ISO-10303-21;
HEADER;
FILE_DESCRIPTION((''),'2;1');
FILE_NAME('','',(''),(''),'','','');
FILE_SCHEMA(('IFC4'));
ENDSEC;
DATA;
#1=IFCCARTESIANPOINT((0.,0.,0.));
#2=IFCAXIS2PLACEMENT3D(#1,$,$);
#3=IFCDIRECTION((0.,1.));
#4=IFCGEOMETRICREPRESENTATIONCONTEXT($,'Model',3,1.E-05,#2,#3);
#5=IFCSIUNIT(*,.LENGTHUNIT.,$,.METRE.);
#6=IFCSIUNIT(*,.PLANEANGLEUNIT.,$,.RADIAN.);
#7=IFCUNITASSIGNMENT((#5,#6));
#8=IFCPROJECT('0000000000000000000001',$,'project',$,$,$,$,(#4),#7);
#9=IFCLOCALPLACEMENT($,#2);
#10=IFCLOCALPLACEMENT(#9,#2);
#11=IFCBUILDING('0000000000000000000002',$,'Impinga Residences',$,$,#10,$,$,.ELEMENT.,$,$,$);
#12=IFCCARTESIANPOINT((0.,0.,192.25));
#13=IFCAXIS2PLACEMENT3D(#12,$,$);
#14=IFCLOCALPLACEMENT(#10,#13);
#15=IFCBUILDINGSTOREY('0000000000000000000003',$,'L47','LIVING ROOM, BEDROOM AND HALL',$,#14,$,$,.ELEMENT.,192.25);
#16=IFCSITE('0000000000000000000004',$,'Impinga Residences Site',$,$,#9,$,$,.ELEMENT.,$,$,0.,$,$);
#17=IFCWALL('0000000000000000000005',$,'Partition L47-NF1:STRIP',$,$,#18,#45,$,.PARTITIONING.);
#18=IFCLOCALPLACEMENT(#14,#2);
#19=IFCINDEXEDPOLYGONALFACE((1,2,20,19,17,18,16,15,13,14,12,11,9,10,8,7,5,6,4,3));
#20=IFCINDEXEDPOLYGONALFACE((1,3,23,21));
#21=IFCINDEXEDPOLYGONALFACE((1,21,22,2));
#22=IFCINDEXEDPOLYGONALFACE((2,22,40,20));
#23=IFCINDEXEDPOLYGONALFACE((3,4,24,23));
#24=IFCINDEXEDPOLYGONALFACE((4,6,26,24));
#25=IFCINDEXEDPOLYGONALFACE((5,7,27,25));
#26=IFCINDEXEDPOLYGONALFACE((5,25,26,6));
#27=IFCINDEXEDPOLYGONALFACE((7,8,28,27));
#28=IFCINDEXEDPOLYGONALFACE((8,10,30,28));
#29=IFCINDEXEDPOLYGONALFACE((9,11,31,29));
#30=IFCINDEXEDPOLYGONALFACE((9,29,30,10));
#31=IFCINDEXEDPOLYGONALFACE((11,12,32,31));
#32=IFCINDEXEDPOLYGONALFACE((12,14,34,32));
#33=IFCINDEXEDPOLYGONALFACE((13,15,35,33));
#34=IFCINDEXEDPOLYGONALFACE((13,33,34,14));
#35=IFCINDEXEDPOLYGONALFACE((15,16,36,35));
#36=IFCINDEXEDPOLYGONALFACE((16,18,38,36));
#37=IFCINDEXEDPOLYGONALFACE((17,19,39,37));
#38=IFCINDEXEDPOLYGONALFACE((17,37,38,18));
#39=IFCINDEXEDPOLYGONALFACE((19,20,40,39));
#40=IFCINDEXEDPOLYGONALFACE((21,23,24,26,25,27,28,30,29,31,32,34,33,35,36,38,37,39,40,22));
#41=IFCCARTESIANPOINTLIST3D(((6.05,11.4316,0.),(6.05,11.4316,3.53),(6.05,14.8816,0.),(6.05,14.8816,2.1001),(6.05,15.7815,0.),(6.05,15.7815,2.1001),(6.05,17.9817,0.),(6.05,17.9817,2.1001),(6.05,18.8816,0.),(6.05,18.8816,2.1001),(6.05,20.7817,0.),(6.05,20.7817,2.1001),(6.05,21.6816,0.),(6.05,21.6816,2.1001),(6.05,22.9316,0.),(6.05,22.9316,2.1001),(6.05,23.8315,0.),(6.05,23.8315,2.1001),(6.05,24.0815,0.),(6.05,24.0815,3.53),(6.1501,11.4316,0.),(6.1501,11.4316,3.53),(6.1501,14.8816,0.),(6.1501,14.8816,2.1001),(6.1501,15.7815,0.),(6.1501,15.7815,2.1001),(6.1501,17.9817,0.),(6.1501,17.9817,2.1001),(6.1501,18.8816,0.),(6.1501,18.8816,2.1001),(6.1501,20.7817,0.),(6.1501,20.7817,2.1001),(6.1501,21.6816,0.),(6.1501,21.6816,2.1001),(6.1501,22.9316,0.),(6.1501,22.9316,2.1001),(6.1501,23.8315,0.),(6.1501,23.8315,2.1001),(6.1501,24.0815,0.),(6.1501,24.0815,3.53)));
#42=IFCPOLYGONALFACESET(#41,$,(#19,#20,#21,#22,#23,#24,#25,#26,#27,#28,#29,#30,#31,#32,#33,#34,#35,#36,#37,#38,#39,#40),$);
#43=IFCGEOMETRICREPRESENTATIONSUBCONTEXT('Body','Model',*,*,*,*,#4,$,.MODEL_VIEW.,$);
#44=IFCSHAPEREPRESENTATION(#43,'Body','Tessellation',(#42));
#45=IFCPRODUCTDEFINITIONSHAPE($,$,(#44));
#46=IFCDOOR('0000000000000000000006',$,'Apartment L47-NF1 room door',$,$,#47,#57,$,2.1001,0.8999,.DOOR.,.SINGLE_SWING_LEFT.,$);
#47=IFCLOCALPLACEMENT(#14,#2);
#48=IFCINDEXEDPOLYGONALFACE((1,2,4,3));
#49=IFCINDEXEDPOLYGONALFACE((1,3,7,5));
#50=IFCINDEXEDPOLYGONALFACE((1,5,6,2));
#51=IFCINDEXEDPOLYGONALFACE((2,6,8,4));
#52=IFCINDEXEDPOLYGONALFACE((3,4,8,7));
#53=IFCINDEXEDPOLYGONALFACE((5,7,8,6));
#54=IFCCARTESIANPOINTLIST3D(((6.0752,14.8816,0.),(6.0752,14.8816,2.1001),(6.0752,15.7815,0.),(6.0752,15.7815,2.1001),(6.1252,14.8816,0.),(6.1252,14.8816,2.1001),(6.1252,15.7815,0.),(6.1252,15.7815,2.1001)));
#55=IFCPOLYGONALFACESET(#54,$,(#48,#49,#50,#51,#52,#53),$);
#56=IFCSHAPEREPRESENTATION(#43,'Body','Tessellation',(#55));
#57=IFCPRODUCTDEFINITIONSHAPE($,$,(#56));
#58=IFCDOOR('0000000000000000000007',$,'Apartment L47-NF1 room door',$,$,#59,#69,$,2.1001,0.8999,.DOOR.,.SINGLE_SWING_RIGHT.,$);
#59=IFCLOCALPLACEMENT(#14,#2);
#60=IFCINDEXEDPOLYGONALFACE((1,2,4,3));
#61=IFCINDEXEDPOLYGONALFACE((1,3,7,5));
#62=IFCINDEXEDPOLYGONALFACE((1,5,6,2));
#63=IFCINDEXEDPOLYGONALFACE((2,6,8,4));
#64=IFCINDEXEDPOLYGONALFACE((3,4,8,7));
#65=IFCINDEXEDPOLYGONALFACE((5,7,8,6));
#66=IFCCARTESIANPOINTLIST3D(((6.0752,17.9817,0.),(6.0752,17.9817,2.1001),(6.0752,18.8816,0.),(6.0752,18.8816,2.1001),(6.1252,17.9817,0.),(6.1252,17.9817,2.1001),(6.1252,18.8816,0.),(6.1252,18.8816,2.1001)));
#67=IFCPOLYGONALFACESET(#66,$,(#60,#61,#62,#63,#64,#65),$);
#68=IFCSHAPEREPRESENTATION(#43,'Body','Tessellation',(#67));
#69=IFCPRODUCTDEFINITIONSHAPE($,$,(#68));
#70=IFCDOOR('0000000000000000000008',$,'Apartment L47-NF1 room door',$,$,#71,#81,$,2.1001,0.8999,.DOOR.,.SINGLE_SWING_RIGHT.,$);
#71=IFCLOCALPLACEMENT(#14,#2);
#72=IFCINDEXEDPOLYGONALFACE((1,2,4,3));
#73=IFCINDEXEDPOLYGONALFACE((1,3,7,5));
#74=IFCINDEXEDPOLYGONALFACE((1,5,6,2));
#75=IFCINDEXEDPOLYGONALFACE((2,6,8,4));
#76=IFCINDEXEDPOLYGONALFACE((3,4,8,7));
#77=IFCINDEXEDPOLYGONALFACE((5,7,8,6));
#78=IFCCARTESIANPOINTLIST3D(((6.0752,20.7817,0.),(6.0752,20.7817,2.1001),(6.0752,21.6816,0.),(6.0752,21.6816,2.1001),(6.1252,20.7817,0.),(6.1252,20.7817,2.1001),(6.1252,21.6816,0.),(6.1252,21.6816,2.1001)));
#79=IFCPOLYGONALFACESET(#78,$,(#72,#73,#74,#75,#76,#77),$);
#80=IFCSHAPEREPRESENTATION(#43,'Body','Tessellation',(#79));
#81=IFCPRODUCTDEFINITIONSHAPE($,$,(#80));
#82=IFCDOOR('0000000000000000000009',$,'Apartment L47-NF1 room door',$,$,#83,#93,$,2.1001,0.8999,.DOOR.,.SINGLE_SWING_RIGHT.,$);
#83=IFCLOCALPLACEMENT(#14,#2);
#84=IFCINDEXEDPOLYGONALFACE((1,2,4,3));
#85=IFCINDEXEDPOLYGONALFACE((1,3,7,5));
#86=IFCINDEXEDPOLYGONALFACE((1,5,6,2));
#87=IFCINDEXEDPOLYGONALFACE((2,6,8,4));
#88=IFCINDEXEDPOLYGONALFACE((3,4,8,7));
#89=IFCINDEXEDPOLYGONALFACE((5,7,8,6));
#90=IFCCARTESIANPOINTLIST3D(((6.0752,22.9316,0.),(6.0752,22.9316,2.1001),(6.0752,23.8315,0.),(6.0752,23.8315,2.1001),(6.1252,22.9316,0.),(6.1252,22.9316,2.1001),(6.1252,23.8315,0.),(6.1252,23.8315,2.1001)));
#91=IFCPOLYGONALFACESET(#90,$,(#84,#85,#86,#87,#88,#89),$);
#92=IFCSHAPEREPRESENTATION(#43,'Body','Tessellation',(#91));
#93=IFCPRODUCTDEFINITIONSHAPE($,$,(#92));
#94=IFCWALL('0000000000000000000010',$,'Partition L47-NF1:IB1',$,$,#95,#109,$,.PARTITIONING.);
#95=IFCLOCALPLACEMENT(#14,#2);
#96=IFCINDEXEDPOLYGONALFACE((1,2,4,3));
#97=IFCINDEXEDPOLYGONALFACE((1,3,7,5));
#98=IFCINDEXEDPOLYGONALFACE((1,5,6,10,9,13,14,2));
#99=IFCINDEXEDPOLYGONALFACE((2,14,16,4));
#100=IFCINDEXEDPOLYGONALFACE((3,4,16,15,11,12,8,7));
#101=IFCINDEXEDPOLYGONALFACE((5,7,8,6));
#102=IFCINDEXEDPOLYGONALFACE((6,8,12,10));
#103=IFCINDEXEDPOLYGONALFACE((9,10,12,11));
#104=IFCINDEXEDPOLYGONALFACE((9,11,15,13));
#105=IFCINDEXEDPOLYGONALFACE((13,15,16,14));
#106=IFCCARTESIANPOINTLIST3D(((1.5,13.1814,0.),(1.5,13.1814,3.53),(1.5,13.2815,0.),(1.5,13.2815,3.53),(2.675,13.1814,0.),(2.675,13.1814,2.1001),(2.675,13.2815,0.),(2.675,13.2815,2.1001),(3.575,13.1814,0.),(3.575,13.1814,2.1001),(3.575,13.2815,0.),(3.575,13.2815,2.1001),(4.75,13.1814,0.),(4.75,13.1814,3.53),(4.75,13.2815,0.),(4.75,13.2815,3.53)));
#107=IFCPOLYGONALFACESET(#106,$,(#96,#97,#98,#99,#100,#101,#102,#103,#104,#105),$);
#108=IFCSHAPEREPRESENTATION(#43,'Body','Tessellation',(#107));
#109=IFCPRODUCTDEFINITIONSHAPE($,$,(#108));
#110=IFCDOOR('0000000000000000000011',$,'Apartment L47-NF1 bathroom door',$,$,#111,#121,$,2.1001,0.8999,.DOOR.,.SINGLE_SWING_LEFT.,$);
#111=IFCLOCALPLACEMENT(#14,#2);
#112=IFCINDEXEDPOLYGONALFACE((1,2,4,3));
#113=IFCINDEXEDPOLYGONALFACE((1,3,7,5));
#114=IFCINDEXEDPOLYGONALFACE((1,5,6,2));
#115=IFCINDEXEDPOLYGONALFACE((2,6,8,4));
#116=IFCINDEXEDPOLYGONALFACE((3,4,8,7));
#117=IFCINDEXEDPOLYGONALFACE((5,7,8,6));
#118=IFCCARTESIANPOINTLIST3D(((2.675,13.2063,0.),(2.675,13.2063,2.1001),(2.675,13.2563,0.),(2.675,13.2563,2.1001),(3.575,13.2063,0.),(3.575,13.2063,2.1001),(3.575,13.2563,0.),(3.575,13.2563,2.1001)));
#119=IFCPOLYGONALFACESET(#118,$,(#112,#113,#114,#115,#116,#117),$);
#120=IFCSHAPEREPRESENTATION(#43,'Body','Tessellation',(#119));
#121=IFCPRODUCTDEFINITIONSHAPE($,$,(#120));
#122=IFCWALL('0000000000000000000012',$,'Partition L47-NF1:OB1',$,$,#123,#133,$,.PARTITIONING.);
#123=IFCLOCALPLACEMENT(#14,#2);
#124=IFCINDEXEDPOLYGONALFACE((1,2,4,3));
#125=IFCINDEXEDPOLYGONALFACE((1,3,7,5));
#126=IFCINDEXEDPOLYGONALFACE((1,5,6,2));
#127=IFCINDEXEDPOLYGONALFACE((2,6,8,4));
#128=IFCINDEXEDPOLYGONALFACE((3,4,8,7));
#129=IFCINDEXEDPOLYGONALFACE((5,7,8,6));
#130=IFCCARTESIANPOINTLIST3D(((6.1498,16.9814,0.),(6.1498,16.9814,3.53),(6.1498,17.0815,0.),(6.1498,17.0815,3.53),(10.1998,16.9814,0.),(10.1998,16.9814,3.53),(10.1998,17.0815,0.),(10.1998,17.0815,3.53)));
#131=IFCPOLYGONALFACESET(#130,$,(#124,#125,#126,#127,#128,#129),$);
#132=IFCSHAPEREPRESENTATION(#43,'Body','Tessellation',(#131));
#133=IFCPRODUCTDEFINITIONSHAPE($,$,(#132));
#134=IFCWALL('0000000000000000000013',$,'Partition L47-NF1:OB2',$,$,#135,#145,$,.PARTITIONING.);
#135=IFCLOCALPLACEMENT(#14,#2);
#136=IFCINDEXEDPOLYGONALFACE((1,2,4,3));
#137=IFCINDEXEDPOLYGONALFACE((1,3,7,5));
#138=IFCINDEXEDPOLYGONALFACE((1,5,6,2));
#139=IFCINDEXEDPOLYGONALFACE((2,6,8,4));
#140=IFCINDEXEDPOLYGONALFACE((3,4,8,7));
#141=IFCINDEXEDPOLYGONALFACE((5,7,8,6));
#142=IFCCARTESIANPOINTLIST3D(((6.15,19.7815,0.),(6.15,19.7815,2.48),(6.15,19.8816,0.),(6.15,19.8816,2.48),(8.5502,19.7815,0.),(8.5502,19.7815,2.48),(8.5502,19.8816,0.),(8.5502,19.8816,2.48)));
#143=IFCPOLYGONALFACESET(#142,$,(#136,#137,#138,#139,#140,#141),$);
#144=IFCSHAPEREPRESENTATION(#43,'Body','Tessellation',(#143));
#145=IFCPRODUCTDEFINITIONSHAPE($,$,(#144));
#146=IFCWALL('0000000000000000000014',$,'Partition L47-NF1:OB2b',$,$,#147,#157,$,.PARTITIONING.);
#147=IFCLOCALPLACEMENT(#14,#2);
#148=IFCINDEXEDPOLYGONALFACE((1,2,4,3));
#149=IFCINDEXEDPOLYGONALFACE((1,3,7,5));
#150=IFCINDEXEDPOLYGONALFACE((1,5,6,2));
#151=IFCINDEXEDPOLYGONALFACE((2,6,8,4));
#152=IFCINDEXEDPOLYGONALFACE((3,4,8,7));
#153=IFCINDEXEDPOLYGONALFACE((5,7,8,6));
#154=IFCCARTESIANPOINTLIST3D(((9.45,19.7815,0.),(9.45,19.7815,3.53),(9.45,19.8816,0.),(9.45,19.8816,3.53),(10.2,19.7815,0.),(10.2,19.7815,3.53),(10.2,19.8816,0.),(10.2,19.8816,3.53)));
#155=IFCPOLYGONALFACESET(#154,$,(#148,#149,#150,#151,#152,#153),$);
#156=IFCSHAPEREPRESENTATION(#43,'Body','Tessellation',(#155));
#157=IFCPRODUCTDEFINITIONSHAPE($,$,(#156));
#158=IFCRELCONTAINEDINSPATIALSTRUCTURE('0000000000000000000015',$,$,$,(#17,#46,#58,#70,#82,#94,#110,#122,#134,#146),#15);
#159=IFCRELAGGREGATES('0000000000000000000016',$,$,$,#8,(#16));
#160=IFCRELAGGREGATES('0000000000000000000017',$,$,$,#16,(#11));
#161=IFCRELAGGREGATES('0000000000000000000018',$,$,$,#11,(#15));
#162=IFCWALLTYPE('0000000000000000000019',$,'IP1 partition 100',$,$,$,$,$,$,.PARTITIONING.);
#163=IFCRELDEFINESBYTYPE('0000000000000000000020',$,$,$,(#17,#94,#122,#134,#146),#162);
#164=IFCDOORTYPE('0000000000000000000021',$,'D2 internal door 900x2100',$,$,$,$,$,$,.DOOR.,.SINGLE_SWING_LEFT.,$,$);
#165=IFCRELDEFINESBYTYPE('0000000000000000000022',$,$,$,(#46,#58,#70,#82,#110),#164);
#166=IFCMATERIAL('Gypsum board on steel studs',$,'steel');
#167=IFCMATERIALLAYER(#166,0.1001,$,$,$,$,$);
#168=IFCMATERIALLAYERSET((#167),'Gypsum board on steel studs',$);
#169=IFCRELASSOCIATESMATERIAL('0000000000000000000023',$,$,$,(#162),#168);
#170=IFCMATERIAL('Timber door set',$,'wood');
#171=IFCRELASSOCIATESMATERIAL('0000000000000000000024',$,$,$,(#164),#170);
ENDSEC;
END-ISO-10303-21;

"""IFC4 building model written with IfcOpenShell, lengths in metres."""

from ifc_helpers import new_model, si_unit, direction, frame, frame_2d, origin, place, context, subcontext, project, spatial, rectangle, extrude, material, layer, layer_set, type_object, element, fill, save


model = new_model("IFC4")

# Units and contexts
model_context = context("Model", 3, precision=1e-05, world=origin(), true_north=direction((0.0, 1.0)))
body_context = subcontext(model_context, "Body", "Model", "MODEL_VIEW")
ifc_project = project(units=[si_unit("LENGTHUNIT", "METRE"), si_unit("PLANEANGLEUNIT", "RADIAN")], contexts=[model_context])

# Site, building, storey
site_placement = place(None, origin())
site = spatial("IfcSite", under=ifc_project, at=site_placement, Name="Impinga Residences Site", CompositionType="ELEMENT", RefElevation=0.0)
building_placement = place(site_placement, origin())
building = spatial("IfcBuilding", under=site, at=building_placement, Name="Impinga Residences", CompositionType="ELEMENT")
storey_placement = place(building_placement, frame((0.0, 0.0, 192.25)))
storey = spatial("IfcBuildingStorey", under=building, at=storey_placement, Name="L47", Description="LIVING ROOM, BEDROOM AND HALL", CompositionType="ELEMENT", Elevation=192.25)

# Shared definitions
ifc_material_1 = material(Name="Timber door set", Category="wood")

# Shared definitions
ifc_material_2 = material(Name="Gypsum board on steel studs", Category="steel")
ifc_layer_1 = layer(ifc_material_2, 0.1001)
ifc_layer_set_1 = layer_set([ifc_layer_1], Name="Gypsum board on steel studs")
wall_type_1 = type_object("IfcWallType", Name="IP1 partition 100", PredefinedType="PARTITIONING", material=ifc_layer_set_1)

# Wall, openings, doors
wall_1_placement = place(storey_placement, frame((6.1001, 11.4316, 0.0), z_axis=(0.0, 0.0, 1.0), x_axis=(0.0, 1.0, 0.0)))
wall_1 = element("IfcWall", 1, at=wall_1_placement, inside=storey, type_object=wall_type_1, Name="Partition L47-NF1:STRIP", PredefinedType="PARTITIONING", context=body_context, shape_type="SweptSolid", body=[
    extrude(rectangle(XDim=12.6499, YDim=0.1001, at=frame_2d((6.325, 0.0))), origin(), (0.0, 0.0, 1.0), 3.53),
])
opening_1_placement = place(wall_1_placement, frame((3.45, 0.0, 0.0)))
opening_1 = element("IfcOpeningElement", 2, at=opening_1_placement, cuts=wall_1, PredefinedType="OPENING", context=body_context, shape_type="SweptSolid", body=[
    extrude(rectangle(XDim=0.8999, YDim=2.1001, at=frame_2d((0.45, 1.05))), frame((0.0, 0.0601, 0.0), z_axis=(0.0, -1.0, 0.0), x_axis=(1.0, 0.0, 0.0)), (0.0, 0.0, 1.0), 0.1201),
])
opening_2_placement = place(wall_1_placement, frame((6.55, 0.0, 0.0)))
opening_2 = element("IfcOpeningElement", 3, at=opening_2_placement, cuts=wall_1, PredefinedType="OPENING", context=body_context, shape_type="SweptSolid", body=[
    extrude(rectangle(XDim=0.8999, YDim=2.1001, at=frame_2d((0.45, 1.05))), frame((0.0, 0.0601, 0.0), z_axis=(0.0, -1.0, 0.0), x_axis=(1.0, 0.0, 0.0)), (0.0, 0.0, 1.0), 0.1201),
])
opening_3_placement = place(wall_1_placement, frame((9.3501, 0.0, 0.0)))
opening_3 = element("IfcOpeningElement", 4, at=opening_3_placement, cuts=wall_1, PredefinedType="OPENING", context=body_context, shape_type="SweptSolid", body=[
    extrude(rectangle(XDim=0.8999, YDim=2.1001, at=frame_2d((0.45, 1.05))), frame((0.0, 0.0601, 0.0), z_axis=(0.0, -1.0, 0.0), x_axis=(1.0, 0.0, 0.0)), (0.0, 0.0, 1.0), 0.1201),
])
opening_4_placement = place(wall_1_placement, frame((11.5, 0.0, 0.0)))
opening_4 = element("IfcOpeningElement", 5, at=opening_4_placement, cuts=wall_1, PredefinedType="OPENING", context=body_context, shape_type="SweptSolid", body=[
    extrude(rectangle(XDim=0.8999, YDim=2.1001, at=frame_2d((0.45, 1.05))), frame((0.0, 0.0601, 0.0), z_axis=(0.0, -1.0, 0.0), x_axis=(1.0, 0.0, 0.0)), (0.0, 0.0, 1.0), 0.1201),
])
door_type_1 = type_object("IfcDoorType", Name="D2 internal door 900x2100", OperationType="SINGLE_SWING_LEFT", PredefinedType="DOOR", material=ifc_material_1)
door_1_placement = place(opening_1_placement, origin())
door_1 = element("IfcDoor", 6, at=door_1_placement, inside=storey, type_object=door_type_1, Name="Apartment L47-NF1 room door", OperationType="SINGLE_SWING_LEFT", OverallHeight=2.1001, OverallWidth=0.8999, PredefinedType="DOOR", context=body_context, shape_type="SweptSolid", body=[
    extrude(rectangle(XDim=0.8999, YDim=2.1001, at=frame_2d((0.45, 1.05))), frame((0.0, 0.0249, 0.0), z_axis=(0.0, -1.0, 0.0), x_axis=(1.0, 0.0, 0.0)), (0.0, 0.0, 1.0), 0.05),
])
fill(opening_1, door_1)
door_2_placement = place(opening_2_placement, origin())
door_2 = element("IfcDoor", 7, at=door_2_placement, inside=storey, type_object=door_type_1, Name="Apartment L47-NF1 room door", OperationType="SINGLE_SWING_RIGHT", OverallHeight=2.1001, OverallWidth=0.8999, PredefinedType="DOOR", context=body_context, shape_type="SweptSolid", body=[
    extrude(rectangle(XDim=0.8999, YDim=2.1001, at=frame_2d((0.45, 1.05))), frame((0.0, 0.0249, 0.0), z_axis=(0.0, -1.0, 0.0), x_axis=(1.0, 0.0, 0.0)), (0.0, 0.0, 1.0), 0.05),
])
fill(opening_2, door_2)
door_3_placement = place(opening_3_placement, origin())
door_3 = element("IfcDoor", 8, at=door_3_placement, inside=storey, type_object=door_type_1, Name="Apartment L47-NF1 room door", OperationType="SINGLE_SWING_RIGHT", OverallHeight=2.1001, OverallWidth=0.8999, PredefinedType="DOOR", context=body_context, shape_type="SweptSolid", body=[
    extrude(rectangle(XDim=0.8999, YDim=2.1001, at=frame_2d((0.45, 1.05))), frame((0.0, 0.0249, 0.0), z_axis=(0.0, -1.0, 0.0), x_axis=(1.0, 0.0, 0.0)), (0.0, 0.0, 1.0), 0.05),
])
fill(opening_3, door_3)
door_4_placement = place(opening_4_placement, origin())
door_4 = element("IfcDoor", 9, at=door_4_placement, inside=storey, type_object=door_type_1, Name="Apartment L47-NF1 room door", OperationType="SINGLE_SWING_RIGHT", OverallHeight=2.1001, OverallWidth=0.8999, PredefinedType="DOOR", context=body_context, shape_type="SweptSolid", body=[
    extrude(rectangle(XDim=0.8999, YDim=2.1001, at=frame_2d((0.45, 1.05))), frame((0.0, 0.0249, 0.0), z_axis=(0.0, -1.0, 0.0), x_axis=(1.0, 0.0, 0.0)), (0.0, 0.0, 1.0), 0.05),
])
fill(opening_4, door_4)

# Wall, opening, door
wall_2_placement = place(storey_placement, frame((1.5, 13.2314, 0.0), z_axis=(0.0, 0.0, 1.0), x_axis=(1.0, 0.0, 0.0)))
wall_2 = element("IfcWall", 10, at=wall_2_placement, inside=storey, type_object=wall_type_1, Name="Partition L47-NF1:IB1", PredefinedType="PARTITIONING", context=body_context, shape_type="SweptSolid", body=[
    extrude(rectangle(XDim=3.25, YDim=0.1001, at=frame_2d((1.625, 0.0))), origin(), (0.0, 0.0, 1.0), 3.53),
])
opening_5_placement = place(wall_2_placement, frame((1.175, 0.0, 0.0)))
opening_5 = element("IfcOpeningElement", 11, at=opening_5_placement, cuts=wall_2, PredefinedType="OPENING", context=body_context, shape_type="SweptSolid", body=[
    extrude(rectangle(XDim=0.8999, YDim=2.1001, at=frame_2d((0.45, 1.05))), frame((0.0, 0.0601, 0.0), z_axis=(0.0, -1.0, 0.0), x_axis=(1.0, 0.0, 0.0)), (0.0, 0.0, 1.0), 0.1201),
])
door_5_placement = place(opening_5_placement, origin())
door_5 = element("IfcDoor", 12, at=door_5_placement, inside=storey, type_object=door_type_1, Name="Apartment L47-NF1 bathroom door", OperationType="SINGLE_SWING_LEFT", OverallHeight=2.1001, OverallWidth=0.8999, PredefinedType="DOOR", context=body_context, shape_type="SweptSolid", body=[
    extrude(rectangle(XDim=0.8999, YDim=2.1001, at=frame_2d((0.45, 1.05))), frame((0.0, 0.0249, 0.0), z_axis=(0.0, -1.0, 0.0), x_axis=(1.0, 0.0, 0.0)), (0.0, 0.0, 1.0), 0.05),
])
fill(opening_5, door_5)

# Walls
wall_3_placement = place(storey_placement, frame((6.1499, 17.0315, 0.0), z_axis=(0.0, 0.0, 1.0), x_axis=(1.0, 0.0, 0.0)))
element("IfcWall", 13, at=wall_3_placement, inside=storey, type_object=wall_type_1, Name="Partition L47-NF1:OB1", PredefinedType="PARTITIONING", context=body_context, shape_type="SweptSolid", body=[
    extrude(rectangle(XDim=4.05, YDim=0.1001, at=frame_2d((2.0249, 0.0))), origin(), (0.0, 0.0, 1.0), 3.53),
])
wall_4_placement = place(storey_placement, frame((6.1499, 19.8315, 0.0), z_axis=(0.0, 0.0, 1.0), x_axis=(1.0, 0.0, 0.0)))
element("IfcWall", 14, at=wall_4_placement, inside=storey, type_object=wall_type_1, Name="Partition L47-NF1:OB2", PredefinedType="PARTITIONING", context=body_context, shape_type="SweptSolid", body=[
    extrude(rectangle(XDim=2.4001, YDim=0.1001, at=frame_2d((1.2002, 0.0))), origin(), (0.0, 0.0, 1.0), 2.48),
])
wall_5_placement = place(storey_placement, frame((9.45, 19.8315, 0.0), z_axis=(0.0, 0.0, 1.0), x_axis=(1.0, 0.0, 0.0)))
element("IfcWall", 15, at=wall_5_placement, inside=storey, type_object=wall_type_1, Name="Partition L47-NF1:OB2b", PredefinedType="PARTITIONING", context=body_context, shape_type="SweptSolid", body=[
    extrude(rectangle(XDim=0.75, YDim=0.1001, at=frame_2d((0.375, 0.0))), origin(), (0.0, 0.0, 1.0), 3.53),
])

save(model, "model.ifc")
